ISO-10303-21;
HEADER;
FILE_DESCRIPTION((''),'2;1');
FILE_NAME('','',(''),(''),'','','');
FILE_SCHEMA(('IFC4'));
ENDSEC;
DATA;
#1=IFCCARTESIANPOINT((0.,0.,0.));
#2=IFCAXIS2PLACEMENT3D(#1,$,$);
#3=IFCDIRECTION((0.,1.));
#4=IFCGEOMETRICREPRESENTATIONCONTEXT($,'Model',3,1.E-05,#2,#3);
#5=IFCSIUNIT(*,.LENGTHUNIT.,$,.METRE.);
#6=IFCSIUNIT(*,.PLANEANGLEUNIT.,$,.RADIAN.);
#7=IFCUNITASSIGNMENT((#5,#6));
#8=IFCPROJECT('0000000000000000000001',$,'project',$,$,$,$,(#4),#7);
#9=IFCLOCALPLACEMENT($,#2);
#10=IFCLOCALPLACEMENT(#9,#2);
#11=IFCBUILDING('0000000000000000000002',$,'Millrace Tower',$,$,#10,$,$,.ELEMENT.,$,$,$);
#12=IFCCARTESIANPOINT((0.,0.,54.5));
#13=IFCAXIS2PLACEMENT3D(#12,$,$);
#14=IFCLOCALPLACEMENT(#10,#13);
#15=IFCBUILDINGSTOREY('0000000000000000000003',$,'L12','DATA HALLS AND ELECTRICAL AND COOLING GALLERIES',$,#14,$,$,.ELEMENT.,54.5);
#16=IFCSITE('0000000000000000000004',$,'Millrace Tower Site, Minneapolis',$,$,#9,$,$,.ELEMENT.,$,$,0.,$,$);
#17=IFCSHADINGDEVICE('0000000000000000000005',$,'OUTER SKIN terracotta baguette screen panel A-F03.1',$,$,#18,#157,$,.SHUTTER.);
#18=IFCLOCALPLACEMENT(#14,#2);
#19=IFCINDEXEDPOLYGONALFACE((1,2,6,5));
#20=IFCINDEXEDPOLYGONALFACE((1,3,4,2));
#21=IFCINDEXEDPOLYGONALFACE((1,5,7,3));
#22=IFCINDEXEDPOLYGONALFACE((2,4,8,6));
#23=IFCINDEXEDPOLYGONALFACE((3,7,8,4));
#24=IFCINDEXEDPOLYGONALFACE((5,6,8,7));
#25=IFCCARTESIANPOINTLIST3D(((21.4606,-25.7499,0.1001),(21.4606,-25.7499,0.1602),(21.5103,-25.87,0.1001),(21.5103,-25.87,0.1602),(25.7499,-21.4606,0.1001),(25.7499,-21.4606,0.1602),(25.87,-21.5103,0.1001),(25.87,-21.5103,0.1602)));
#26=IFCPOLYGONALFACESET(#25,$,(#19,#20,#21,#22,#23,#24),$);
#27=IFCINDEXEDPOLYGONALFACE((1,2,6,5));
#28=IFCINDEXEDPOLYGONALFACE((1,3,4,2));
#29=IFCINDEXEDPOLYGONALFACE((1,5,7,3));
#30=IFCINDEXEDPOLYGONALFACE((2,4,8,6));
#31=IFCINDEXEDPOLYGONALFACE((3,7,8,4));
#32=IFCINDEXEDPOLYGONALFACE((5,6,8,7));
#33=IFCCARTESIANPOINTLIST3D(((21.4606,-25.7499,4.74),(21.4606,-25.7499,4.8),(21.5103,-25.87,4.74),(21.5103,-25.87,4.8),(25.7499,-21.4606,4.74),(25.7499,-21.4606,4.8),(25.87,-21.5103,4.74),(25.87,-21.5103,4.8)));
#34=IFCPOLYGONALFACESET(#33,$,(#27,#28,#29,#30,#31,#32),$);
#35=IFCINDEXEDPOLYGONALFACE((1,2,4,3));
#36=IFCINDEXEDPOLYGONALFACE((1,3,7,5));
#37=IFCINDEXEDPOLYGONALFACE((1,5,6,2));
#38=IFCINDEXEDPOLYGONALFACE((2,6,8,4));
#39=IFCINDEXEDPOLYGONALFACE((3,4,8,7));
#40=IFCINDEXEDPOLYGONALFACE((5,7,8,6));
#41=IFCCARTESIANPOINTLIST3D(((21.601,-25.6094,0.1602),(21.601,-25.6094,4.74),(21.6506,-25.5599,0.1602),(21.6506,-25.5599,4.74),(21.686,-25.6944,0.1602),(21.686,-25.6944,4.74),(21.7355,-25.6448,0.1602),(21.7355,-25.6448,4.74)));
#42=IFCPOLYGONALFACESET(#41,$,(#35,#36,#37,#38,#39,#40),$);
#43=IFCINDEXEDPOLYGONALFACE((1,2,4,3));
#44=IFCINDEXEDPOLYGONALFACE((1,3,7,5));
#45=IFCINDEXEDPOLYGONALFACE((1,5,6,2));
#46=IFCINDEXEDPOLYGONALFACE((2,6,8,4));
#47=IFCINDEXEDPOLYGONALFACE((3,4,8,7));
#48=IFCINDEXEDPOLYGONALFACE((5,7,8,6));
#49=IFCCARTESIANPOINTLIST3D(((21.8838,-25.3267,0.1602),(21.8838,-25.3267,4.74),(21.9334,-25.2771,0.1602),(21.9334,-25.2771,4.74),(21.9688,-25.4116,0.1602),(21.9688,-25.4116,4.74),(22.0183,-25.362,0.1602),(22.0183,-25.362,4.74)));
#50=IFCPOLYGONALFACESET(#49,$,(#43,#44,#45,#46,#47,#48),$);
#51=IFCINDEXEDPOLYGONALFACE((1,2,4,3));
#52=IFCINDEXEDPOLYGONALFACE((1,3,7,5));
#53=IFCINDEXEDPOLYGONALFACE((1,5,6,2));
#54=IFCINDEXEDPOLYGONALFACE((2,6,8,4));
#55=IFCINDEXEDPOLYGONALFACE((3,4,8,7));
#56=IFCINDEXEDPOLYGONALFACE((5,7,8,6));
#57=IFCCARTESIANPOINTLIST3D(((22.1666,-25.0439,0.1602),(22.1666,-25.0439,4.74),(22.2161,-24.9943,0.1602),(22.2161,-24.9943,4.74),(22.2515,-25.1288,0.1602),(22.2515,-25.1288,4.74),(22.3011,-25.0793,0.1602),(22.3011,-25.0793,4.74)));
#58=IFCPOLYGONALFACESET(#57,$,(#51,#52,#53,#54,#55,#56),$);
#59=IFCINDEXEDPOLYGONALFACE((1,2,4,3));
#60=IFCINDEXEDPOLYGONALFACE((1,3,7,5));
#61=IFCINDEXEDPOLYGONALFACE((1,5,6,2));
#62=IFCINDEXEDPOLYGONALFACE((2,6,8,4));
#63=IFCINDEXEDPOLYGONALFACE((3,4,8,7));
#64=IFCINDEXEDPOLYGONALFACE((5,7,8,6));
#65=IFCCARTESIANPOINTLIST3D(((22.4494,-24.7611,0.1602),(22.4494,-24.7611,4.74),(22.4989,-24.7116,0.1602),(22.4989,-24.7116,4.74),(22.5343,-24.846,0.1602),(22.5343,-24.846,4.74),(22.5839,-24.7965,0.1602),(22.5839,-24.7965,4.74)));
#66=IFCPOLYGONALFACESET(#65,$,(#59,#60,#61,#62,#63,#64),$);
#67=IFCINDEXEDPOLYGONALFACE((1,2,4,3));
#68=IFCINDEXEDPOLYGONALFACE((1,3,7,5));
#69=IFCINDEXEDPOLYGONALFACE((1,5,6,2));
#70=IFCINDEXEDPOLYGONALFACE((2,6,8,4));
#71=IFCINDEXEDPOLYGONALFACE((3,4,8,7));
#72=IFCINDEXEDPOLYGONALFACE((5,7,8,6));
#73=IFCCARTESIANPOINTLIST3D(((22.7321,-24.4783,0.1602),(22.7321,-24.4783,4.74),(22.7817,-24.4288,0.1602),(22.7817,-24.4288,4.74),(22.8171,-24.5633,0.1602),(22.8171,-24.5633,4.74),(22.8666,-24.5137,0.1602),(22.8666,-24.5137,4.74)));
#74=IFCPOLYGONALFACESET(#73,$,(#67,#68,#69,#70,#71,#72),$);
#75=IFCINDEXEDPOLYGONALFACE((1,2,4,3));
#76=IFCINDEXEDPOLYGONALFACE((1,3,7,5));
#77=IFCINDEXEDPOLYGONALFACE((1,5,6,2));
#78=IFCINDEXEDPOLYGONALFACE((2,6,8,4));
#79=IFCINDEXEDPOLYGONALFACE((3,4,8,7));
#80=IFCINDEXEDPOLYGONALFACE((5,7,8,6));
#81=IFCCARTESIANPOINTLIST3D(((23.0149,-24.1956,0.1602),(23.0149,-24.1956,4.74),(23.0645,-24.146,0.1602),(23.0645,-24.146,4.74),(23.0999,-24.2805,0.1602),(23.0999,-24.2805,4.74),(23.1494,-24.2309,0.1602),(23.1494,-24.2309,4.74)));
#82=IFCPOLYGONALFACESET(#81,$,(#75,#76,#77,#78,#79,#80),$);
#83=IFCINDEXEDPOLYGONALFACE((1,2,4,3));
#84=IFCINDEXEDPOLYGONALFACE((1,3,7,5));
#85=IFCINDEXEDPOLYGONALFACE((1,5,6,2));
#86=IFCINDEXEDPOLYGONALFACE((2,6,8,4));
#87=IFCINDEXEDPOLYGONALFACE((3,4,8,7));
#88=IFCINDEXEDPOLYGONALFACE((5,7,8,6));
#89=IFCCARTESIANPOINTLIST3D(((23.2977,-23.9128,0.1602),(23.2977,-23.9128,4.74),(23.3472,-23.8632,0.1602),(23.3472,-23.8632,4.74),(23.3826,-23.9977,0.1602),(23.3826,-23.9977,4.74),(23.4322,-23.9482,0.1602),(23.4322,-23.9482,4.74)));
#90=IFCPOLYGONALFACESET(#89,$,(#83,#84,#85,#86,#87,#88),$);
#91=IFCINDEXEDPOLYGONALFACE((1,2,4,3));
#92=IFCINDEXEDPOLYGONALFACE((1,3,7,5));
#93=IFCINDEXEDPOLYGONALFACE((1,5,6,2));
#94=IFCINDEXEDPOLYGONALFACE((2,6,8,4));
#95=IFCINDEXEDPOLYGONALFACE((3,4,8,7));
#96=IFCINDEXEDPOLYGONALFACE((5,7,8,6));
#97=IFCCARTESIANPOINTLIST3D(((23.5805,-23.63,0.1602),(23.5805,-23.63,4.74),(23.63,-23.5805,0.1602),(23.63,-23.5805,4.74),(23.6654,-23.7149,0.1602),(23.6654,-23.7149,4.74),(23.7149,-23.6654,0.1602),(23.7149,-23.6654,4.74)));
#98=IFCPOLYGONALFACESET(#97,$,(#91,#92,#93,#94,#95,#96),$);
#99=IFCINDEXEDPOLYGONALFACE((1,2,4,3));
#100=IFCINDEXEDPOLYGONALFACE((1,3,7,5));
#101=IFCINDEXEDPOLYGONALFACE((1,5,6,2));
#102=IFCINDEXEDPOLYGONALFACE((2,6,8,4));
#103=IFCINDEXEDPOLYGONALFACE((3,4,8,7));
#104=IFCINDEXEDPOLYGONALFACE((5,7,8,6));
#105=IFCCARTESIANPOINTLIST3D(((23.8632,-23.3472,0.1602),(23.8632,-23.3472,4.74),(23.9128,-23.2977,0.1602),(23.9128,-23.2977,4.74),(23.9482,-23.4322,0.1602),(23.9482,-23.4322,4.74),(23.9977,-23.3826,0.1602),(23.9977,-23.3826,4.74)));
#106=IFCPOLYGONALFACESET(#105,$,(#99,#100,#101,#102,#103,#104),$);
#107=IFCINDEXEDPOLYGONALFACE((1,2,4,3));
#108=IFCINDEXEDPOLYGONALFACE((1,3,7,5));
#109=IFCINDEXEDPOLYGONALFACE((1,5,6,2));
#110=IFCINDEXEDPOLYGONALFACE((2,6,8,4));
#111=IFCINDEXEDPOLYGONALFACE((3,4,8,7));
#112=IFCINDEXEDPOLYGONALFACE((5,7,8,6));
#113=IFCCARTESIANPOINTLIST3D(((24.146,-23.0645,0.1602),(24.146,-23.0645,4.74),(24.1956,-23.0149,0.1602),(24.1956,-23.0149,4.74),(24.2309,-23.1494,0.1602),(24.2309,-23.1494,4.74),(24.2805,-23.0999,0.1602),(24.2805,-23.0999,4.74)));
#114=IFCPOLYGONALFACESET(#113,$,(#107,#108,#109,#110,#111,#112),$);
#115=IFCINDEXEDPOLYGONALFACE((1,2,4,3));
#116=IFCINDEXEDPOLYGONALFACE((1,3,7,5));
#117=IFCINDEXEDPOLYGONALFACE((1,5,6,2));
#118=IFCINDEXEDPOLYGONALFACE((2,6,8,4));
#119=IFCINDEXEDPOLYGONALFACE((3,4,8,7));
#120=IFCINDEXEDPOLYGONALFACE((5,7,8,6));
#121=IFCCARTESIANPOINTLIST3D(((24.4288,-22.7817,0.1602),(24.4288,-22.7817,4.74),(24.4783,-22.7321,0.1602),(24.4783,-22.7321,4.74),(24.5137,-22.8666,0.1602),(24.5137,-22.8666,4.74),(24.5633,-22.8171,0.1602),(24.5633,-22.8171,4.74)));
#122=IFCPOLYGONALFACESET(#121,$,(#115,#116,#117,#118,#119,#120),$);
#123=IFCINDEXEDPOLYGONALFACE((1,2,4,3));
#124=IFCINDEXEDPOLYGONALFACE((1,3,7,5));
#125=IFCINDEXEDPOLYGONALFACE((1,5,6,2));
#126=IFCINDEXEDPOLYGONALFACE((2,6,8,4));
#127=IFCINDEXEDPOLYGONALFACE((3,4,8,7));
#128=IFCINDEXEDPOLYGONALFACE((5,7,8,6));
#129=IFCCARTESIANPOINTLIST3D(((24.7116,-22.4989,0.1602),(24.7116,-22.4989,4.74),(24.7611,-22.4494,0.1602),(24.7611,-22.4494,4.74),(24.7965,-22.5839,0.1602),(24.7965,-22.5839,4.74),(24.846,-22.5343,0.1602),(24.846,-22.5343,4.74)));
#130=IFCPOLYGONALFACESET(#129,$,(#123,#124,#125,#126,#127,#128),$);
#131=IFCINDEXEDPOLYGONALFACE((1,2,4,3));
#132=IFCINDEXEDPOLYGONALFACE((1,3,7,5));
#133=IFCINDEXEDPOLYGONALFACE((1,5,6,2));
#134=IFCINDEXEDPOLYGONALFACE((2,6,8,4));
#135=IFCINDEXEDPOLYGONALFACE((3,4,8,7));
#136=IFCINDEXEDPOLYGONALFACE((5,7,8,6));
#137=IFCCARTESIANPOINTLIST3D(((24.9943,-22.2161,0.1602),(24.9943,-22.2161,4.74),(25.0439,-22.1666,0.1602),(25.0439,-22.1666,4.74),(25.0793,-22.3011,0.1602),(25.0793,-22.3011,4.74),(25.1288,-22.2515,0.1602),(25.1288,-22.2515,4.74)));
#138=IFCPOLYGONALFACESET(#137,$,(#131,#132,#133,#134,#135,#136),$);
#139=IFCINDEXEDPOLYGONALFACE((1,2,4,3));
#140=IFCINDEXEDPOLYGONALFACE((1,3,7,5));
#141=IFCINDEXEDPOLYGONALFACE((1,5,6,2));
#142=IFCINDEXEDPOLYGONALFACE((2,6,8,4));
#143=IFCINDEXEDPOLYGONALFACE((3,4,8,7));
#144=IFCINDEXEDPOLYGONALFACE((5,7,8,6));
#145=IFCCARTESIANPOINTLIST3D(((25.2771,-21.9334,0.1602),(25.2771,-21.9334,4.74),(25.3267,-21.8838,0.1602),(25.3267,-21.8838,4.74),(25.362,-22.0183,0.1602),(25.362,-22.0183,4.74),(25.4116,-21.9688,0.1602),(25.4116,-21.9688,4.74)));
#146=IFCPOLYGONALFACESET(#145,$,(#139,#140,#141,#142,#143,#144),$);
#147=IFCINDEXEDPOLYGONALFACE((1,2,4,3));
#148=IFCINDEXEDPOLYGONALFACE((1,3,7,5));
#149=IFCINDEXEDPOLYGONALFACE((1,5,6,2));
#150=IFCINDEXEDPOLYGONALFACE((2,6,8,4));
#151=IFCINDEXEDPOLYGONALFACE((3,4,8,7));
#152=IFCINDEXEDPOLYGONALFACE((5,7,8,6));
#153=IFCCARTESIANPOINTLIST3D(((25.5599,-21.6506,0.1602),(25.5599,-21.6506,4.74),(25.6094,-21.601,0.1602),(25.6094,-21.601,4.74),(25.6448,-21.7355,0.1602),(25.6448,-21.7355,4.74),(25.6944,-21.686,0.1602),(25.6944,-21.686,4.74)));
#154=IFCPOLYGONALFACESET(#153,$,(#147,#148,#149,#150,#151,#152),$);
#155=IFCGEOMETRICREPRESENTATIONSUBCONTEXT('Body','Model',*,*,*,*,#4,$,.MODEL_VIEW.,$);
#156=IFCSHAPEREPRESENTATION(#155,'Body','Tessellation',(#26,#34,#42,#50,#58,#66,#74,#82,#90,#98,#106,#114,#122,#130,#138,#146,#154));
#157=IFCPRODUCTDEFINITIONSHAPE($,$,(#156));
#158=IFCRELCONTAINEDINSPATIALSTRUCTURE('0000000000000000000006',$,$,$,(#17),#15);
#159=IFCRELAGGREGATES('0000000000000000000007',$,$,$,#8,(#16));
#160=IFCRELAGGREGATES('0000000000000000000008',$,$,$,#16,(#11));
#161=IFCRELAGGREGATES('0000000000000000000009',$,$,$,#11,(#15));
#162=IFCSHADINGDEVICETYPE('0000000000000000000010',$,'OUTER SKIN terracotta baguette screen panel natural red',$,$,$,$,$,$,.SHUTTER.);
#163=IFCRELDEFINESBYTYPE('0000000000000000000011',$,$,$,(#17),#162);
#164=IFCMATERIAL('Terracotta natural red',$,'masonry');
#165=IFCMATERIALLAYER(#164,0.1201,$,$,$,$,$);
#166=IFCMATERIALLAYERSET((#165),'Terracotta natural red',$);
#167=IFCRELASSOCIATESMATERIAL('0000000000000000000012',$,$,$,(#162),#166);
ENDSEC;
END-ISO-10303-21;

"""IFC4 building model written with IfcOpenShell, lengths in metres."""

from ifc_helpers import new_model, entity, si_unit, direction, frame, frame_2d, origin, origin_2d, place, context, subcontext, project, spatial, rectangle, extrude, source, transform, mapped, material, layer, layer_set, type_object, element, save


model = new_model("IFC4")

# Units and contexts
model_context = context("Model", 3, precision=1e-05, world=origin(), true_north=direction((0.0, 1.0)))
body_context = subcontext(model_context, "Body", "Model", "MODEL_VIEW")
ifc_project = project(units=[si_unit("LENGTHUNIT", "METRE"), si_unit("PLANEANGLEUNIT", "RADIAN")], contexts=[model_context])

# Site, building, storey
site_placement = place(None, origin())
site = spatial("IfcSite", under=ifc_project, at=site_placement, Name="Millrace Tower Site, Minneapolis", CompositionType="ELEMENT", RefElevation=0.0)
building_placement = place(site_placement, origin())
building = spatial("IfcBuilding", under=site, at=building_placement, Name="Millrace Tower", CompositionType="ELEMENT")
storey_placement = place(building_placement, frame((0.0, 0.0, 54.5)))
storey = spatial("IfcBuildingStorey", under=building, at=storey_placement, Name="L12", Description="DATA HALLS AND ELECTRICAL AND COOLING GALLERIES", CompositionType="ELEMENT", Elevation=54.5)

# Shading device
ifc_material_1 = material(Name="Terracotta natural red", Category="masonry")
ifc_layer_1 = layer(ifc_material_1, 0.1201)
ifc_layer_set_1 = layer_set([ifc_layer_1], Name="Terracotta natural red")
shading_device_type_1 = type_object("IfcShadingDeviceType", Name="OUTER SKIN terracotta baguette screen panel natural red", PredefinedType="SHUTTER", material=ifc_layer_set_1)
cartesian_point_1 = entity("IfcCartesianPoint", [-3.033, 0.0601])
shared_polyline_1 = entity("IfcPolyline", [cartesian_point_1, entity("IfcCartesianPoint", [3.033, 0.0601]), entity("IfcCartesianPoint", [3.0828, -0.0601]), entity("IfcCartesianPoint", [-3.0828, -0.0601]), cartesian_point_1])
shared_shape_1 = source(origin(), body_context, "Body", "SweptSolid", [
    entity("IfcExtrudedAreaSolid", entity("IfcArbitraryClosedProfileDef", "AREA", None, shared_polyline_1), entity("IfcAxis2Placement3D", entity("IfcCartesianPoint", [0.0, 0.0, 0.0])), entity("IfcDirection", [0.0, 0.0, 1.0]), 0.0601),
    entity("IfcExtrudedAreaSolid", entity("IfcArbitraryClosedProfileDef", "AREA", None, shared_polyline_1), entity("IfcAxis2Placement3D", entity("IfcCartesianPoint", [0.0, 0.0, 4.6399])), entity("IfcDirection", [0.0, 0.0, 1.0]), 0.0601),
    extrude(rectangle(XDim=0.0701, YDim=0.1201, at=frame_2d((-2.7993, 0.0))), frame((0.0, 0.0, 0.0601)), (0.0, 0.0, 1.0), 4.5798),
    extrude(rectangle(XDim=0.0701, YDim=0.1201, at=frame_2d((-2.3994, 0.0))), frame((0.0, 0.0, 0.0601)), (0.0, 0.0, 1.0), 4.5798),
    extrude(rectangle(XDim=0.0701, YDim=0.1201, at=frame_2d((-1.9995, 0.0))), frame((0.0, 0.0, 0.0601)), (0.0, 0.0, 1.0), 4.5798),
    extrude(rectangle(XDim=0.0701, YDim=0.1201, at=frame_2d((-1.5996, 0.0))), frame((0.0, 0.0, 0.0601)), (0.0, 0.0, 1.0), 4.5798),
    extrude(rectangle(XDim=0.0701, YDim=0.1201, at=frame_2d((-1.1997, 0.0))), frame((0.0, 0.0, 0.0601)), (0.0, 0.0, 1.0), 4.5798),
    extrude(rectangle(XDim=0.0701, YDim=0.1201, at=frame_2d((-0.7998, 0.0))), frame((0.0, 0.0, 0.0601)), (0.0, 0.0, 1.0), 4.5798),
    extrude(rectangle(XDim=0.0701, YDim=0.1201, at=frame_2d((-0.3999, 0.0))), frame((0.0, 0.0, 0.0601)), (0.0, 0.0, 1.0), 4.5798),
    extrude(rectangle(XDim=0.0701, YDim=0.1201, at=origin_2d()), frame((0.0, 0.0, 0.0601)), (0.0, 0.0, 1.0), 4.5798),
    extrude(rectangle(XDim=0.0701, YDim=0.1201, at=frame_2d((0.3999, 0.0))), frame((0.0, 0.0, 0.0601)), (0.0, 0.0, 1.0), 4.5798),
    extrude(rectangle(XDim=0.0701, YDim=0.1201, at=frame_2d((0.7998, 0.0))), frame((0.0, 0.0, 0.0601)), (0.0, 0.0, 1.0), 4.5798),
    extrude(rectangle(XDim=0.0701, YDim=0.1201, at=frame_2d((1.1997, 0.0))), frame((0.0, 0.0, 0.0601)), (0.0, 0.0, 1.0), 4.5798),
    extrude(rectangle(XDim=0.0701, YDim=0.1201, at=frame_2d((1.5996, 0.0))), frame((0.0, 0.0, 0.0601)), (0.0, 0.0, 1.0), 4.5798),
    extrude(rectangle(XDim=0.0701, YDim=0.1201, at=frame_2d((1.9995, 0.0))), frame((0.0, 0.0, 0.0601)), (0.0, 0.0, 1.0), 4.5798),
    extrude(rectangle(XDim=0.0701, YDim=0.1201, at=frame_2d((2.3994, 0.0))), frame((0.0, 0.0, 0.0601)), (0.0, 0.0, 1.0), 4.5798),
    extrude(rectangle(XDim=0.0701, YDim=0.1201, at=frame_2d((2.7993, 0.0))), frame((0.0, 0.0, 0.0601)), (0.0, 0.0, 1.0), 4.5798),
])
shading_device_1_placement = place(storey_placement, frame((23.6477, -23.6477, 0.1001), z_axis=(0.0, 0.0, 1.0), x_axis=(0.707107, 0.707107, 0.0)))
element("IfcShadingDevice", 1, at=shading_device_1_placement, inside=storey, type_object=shading_device_type_1, Name="OUTER SKIN terracotta baguette screen panel A-F03.1", PredefinedType="SHUTTER", context=body_context, shape_type="MappedRepresentation", body=[
    mapped(shared_shape_1, transform((0.0, 0.0, 0.0), scale=1.0)),
])

save(model, "model.ifc")
